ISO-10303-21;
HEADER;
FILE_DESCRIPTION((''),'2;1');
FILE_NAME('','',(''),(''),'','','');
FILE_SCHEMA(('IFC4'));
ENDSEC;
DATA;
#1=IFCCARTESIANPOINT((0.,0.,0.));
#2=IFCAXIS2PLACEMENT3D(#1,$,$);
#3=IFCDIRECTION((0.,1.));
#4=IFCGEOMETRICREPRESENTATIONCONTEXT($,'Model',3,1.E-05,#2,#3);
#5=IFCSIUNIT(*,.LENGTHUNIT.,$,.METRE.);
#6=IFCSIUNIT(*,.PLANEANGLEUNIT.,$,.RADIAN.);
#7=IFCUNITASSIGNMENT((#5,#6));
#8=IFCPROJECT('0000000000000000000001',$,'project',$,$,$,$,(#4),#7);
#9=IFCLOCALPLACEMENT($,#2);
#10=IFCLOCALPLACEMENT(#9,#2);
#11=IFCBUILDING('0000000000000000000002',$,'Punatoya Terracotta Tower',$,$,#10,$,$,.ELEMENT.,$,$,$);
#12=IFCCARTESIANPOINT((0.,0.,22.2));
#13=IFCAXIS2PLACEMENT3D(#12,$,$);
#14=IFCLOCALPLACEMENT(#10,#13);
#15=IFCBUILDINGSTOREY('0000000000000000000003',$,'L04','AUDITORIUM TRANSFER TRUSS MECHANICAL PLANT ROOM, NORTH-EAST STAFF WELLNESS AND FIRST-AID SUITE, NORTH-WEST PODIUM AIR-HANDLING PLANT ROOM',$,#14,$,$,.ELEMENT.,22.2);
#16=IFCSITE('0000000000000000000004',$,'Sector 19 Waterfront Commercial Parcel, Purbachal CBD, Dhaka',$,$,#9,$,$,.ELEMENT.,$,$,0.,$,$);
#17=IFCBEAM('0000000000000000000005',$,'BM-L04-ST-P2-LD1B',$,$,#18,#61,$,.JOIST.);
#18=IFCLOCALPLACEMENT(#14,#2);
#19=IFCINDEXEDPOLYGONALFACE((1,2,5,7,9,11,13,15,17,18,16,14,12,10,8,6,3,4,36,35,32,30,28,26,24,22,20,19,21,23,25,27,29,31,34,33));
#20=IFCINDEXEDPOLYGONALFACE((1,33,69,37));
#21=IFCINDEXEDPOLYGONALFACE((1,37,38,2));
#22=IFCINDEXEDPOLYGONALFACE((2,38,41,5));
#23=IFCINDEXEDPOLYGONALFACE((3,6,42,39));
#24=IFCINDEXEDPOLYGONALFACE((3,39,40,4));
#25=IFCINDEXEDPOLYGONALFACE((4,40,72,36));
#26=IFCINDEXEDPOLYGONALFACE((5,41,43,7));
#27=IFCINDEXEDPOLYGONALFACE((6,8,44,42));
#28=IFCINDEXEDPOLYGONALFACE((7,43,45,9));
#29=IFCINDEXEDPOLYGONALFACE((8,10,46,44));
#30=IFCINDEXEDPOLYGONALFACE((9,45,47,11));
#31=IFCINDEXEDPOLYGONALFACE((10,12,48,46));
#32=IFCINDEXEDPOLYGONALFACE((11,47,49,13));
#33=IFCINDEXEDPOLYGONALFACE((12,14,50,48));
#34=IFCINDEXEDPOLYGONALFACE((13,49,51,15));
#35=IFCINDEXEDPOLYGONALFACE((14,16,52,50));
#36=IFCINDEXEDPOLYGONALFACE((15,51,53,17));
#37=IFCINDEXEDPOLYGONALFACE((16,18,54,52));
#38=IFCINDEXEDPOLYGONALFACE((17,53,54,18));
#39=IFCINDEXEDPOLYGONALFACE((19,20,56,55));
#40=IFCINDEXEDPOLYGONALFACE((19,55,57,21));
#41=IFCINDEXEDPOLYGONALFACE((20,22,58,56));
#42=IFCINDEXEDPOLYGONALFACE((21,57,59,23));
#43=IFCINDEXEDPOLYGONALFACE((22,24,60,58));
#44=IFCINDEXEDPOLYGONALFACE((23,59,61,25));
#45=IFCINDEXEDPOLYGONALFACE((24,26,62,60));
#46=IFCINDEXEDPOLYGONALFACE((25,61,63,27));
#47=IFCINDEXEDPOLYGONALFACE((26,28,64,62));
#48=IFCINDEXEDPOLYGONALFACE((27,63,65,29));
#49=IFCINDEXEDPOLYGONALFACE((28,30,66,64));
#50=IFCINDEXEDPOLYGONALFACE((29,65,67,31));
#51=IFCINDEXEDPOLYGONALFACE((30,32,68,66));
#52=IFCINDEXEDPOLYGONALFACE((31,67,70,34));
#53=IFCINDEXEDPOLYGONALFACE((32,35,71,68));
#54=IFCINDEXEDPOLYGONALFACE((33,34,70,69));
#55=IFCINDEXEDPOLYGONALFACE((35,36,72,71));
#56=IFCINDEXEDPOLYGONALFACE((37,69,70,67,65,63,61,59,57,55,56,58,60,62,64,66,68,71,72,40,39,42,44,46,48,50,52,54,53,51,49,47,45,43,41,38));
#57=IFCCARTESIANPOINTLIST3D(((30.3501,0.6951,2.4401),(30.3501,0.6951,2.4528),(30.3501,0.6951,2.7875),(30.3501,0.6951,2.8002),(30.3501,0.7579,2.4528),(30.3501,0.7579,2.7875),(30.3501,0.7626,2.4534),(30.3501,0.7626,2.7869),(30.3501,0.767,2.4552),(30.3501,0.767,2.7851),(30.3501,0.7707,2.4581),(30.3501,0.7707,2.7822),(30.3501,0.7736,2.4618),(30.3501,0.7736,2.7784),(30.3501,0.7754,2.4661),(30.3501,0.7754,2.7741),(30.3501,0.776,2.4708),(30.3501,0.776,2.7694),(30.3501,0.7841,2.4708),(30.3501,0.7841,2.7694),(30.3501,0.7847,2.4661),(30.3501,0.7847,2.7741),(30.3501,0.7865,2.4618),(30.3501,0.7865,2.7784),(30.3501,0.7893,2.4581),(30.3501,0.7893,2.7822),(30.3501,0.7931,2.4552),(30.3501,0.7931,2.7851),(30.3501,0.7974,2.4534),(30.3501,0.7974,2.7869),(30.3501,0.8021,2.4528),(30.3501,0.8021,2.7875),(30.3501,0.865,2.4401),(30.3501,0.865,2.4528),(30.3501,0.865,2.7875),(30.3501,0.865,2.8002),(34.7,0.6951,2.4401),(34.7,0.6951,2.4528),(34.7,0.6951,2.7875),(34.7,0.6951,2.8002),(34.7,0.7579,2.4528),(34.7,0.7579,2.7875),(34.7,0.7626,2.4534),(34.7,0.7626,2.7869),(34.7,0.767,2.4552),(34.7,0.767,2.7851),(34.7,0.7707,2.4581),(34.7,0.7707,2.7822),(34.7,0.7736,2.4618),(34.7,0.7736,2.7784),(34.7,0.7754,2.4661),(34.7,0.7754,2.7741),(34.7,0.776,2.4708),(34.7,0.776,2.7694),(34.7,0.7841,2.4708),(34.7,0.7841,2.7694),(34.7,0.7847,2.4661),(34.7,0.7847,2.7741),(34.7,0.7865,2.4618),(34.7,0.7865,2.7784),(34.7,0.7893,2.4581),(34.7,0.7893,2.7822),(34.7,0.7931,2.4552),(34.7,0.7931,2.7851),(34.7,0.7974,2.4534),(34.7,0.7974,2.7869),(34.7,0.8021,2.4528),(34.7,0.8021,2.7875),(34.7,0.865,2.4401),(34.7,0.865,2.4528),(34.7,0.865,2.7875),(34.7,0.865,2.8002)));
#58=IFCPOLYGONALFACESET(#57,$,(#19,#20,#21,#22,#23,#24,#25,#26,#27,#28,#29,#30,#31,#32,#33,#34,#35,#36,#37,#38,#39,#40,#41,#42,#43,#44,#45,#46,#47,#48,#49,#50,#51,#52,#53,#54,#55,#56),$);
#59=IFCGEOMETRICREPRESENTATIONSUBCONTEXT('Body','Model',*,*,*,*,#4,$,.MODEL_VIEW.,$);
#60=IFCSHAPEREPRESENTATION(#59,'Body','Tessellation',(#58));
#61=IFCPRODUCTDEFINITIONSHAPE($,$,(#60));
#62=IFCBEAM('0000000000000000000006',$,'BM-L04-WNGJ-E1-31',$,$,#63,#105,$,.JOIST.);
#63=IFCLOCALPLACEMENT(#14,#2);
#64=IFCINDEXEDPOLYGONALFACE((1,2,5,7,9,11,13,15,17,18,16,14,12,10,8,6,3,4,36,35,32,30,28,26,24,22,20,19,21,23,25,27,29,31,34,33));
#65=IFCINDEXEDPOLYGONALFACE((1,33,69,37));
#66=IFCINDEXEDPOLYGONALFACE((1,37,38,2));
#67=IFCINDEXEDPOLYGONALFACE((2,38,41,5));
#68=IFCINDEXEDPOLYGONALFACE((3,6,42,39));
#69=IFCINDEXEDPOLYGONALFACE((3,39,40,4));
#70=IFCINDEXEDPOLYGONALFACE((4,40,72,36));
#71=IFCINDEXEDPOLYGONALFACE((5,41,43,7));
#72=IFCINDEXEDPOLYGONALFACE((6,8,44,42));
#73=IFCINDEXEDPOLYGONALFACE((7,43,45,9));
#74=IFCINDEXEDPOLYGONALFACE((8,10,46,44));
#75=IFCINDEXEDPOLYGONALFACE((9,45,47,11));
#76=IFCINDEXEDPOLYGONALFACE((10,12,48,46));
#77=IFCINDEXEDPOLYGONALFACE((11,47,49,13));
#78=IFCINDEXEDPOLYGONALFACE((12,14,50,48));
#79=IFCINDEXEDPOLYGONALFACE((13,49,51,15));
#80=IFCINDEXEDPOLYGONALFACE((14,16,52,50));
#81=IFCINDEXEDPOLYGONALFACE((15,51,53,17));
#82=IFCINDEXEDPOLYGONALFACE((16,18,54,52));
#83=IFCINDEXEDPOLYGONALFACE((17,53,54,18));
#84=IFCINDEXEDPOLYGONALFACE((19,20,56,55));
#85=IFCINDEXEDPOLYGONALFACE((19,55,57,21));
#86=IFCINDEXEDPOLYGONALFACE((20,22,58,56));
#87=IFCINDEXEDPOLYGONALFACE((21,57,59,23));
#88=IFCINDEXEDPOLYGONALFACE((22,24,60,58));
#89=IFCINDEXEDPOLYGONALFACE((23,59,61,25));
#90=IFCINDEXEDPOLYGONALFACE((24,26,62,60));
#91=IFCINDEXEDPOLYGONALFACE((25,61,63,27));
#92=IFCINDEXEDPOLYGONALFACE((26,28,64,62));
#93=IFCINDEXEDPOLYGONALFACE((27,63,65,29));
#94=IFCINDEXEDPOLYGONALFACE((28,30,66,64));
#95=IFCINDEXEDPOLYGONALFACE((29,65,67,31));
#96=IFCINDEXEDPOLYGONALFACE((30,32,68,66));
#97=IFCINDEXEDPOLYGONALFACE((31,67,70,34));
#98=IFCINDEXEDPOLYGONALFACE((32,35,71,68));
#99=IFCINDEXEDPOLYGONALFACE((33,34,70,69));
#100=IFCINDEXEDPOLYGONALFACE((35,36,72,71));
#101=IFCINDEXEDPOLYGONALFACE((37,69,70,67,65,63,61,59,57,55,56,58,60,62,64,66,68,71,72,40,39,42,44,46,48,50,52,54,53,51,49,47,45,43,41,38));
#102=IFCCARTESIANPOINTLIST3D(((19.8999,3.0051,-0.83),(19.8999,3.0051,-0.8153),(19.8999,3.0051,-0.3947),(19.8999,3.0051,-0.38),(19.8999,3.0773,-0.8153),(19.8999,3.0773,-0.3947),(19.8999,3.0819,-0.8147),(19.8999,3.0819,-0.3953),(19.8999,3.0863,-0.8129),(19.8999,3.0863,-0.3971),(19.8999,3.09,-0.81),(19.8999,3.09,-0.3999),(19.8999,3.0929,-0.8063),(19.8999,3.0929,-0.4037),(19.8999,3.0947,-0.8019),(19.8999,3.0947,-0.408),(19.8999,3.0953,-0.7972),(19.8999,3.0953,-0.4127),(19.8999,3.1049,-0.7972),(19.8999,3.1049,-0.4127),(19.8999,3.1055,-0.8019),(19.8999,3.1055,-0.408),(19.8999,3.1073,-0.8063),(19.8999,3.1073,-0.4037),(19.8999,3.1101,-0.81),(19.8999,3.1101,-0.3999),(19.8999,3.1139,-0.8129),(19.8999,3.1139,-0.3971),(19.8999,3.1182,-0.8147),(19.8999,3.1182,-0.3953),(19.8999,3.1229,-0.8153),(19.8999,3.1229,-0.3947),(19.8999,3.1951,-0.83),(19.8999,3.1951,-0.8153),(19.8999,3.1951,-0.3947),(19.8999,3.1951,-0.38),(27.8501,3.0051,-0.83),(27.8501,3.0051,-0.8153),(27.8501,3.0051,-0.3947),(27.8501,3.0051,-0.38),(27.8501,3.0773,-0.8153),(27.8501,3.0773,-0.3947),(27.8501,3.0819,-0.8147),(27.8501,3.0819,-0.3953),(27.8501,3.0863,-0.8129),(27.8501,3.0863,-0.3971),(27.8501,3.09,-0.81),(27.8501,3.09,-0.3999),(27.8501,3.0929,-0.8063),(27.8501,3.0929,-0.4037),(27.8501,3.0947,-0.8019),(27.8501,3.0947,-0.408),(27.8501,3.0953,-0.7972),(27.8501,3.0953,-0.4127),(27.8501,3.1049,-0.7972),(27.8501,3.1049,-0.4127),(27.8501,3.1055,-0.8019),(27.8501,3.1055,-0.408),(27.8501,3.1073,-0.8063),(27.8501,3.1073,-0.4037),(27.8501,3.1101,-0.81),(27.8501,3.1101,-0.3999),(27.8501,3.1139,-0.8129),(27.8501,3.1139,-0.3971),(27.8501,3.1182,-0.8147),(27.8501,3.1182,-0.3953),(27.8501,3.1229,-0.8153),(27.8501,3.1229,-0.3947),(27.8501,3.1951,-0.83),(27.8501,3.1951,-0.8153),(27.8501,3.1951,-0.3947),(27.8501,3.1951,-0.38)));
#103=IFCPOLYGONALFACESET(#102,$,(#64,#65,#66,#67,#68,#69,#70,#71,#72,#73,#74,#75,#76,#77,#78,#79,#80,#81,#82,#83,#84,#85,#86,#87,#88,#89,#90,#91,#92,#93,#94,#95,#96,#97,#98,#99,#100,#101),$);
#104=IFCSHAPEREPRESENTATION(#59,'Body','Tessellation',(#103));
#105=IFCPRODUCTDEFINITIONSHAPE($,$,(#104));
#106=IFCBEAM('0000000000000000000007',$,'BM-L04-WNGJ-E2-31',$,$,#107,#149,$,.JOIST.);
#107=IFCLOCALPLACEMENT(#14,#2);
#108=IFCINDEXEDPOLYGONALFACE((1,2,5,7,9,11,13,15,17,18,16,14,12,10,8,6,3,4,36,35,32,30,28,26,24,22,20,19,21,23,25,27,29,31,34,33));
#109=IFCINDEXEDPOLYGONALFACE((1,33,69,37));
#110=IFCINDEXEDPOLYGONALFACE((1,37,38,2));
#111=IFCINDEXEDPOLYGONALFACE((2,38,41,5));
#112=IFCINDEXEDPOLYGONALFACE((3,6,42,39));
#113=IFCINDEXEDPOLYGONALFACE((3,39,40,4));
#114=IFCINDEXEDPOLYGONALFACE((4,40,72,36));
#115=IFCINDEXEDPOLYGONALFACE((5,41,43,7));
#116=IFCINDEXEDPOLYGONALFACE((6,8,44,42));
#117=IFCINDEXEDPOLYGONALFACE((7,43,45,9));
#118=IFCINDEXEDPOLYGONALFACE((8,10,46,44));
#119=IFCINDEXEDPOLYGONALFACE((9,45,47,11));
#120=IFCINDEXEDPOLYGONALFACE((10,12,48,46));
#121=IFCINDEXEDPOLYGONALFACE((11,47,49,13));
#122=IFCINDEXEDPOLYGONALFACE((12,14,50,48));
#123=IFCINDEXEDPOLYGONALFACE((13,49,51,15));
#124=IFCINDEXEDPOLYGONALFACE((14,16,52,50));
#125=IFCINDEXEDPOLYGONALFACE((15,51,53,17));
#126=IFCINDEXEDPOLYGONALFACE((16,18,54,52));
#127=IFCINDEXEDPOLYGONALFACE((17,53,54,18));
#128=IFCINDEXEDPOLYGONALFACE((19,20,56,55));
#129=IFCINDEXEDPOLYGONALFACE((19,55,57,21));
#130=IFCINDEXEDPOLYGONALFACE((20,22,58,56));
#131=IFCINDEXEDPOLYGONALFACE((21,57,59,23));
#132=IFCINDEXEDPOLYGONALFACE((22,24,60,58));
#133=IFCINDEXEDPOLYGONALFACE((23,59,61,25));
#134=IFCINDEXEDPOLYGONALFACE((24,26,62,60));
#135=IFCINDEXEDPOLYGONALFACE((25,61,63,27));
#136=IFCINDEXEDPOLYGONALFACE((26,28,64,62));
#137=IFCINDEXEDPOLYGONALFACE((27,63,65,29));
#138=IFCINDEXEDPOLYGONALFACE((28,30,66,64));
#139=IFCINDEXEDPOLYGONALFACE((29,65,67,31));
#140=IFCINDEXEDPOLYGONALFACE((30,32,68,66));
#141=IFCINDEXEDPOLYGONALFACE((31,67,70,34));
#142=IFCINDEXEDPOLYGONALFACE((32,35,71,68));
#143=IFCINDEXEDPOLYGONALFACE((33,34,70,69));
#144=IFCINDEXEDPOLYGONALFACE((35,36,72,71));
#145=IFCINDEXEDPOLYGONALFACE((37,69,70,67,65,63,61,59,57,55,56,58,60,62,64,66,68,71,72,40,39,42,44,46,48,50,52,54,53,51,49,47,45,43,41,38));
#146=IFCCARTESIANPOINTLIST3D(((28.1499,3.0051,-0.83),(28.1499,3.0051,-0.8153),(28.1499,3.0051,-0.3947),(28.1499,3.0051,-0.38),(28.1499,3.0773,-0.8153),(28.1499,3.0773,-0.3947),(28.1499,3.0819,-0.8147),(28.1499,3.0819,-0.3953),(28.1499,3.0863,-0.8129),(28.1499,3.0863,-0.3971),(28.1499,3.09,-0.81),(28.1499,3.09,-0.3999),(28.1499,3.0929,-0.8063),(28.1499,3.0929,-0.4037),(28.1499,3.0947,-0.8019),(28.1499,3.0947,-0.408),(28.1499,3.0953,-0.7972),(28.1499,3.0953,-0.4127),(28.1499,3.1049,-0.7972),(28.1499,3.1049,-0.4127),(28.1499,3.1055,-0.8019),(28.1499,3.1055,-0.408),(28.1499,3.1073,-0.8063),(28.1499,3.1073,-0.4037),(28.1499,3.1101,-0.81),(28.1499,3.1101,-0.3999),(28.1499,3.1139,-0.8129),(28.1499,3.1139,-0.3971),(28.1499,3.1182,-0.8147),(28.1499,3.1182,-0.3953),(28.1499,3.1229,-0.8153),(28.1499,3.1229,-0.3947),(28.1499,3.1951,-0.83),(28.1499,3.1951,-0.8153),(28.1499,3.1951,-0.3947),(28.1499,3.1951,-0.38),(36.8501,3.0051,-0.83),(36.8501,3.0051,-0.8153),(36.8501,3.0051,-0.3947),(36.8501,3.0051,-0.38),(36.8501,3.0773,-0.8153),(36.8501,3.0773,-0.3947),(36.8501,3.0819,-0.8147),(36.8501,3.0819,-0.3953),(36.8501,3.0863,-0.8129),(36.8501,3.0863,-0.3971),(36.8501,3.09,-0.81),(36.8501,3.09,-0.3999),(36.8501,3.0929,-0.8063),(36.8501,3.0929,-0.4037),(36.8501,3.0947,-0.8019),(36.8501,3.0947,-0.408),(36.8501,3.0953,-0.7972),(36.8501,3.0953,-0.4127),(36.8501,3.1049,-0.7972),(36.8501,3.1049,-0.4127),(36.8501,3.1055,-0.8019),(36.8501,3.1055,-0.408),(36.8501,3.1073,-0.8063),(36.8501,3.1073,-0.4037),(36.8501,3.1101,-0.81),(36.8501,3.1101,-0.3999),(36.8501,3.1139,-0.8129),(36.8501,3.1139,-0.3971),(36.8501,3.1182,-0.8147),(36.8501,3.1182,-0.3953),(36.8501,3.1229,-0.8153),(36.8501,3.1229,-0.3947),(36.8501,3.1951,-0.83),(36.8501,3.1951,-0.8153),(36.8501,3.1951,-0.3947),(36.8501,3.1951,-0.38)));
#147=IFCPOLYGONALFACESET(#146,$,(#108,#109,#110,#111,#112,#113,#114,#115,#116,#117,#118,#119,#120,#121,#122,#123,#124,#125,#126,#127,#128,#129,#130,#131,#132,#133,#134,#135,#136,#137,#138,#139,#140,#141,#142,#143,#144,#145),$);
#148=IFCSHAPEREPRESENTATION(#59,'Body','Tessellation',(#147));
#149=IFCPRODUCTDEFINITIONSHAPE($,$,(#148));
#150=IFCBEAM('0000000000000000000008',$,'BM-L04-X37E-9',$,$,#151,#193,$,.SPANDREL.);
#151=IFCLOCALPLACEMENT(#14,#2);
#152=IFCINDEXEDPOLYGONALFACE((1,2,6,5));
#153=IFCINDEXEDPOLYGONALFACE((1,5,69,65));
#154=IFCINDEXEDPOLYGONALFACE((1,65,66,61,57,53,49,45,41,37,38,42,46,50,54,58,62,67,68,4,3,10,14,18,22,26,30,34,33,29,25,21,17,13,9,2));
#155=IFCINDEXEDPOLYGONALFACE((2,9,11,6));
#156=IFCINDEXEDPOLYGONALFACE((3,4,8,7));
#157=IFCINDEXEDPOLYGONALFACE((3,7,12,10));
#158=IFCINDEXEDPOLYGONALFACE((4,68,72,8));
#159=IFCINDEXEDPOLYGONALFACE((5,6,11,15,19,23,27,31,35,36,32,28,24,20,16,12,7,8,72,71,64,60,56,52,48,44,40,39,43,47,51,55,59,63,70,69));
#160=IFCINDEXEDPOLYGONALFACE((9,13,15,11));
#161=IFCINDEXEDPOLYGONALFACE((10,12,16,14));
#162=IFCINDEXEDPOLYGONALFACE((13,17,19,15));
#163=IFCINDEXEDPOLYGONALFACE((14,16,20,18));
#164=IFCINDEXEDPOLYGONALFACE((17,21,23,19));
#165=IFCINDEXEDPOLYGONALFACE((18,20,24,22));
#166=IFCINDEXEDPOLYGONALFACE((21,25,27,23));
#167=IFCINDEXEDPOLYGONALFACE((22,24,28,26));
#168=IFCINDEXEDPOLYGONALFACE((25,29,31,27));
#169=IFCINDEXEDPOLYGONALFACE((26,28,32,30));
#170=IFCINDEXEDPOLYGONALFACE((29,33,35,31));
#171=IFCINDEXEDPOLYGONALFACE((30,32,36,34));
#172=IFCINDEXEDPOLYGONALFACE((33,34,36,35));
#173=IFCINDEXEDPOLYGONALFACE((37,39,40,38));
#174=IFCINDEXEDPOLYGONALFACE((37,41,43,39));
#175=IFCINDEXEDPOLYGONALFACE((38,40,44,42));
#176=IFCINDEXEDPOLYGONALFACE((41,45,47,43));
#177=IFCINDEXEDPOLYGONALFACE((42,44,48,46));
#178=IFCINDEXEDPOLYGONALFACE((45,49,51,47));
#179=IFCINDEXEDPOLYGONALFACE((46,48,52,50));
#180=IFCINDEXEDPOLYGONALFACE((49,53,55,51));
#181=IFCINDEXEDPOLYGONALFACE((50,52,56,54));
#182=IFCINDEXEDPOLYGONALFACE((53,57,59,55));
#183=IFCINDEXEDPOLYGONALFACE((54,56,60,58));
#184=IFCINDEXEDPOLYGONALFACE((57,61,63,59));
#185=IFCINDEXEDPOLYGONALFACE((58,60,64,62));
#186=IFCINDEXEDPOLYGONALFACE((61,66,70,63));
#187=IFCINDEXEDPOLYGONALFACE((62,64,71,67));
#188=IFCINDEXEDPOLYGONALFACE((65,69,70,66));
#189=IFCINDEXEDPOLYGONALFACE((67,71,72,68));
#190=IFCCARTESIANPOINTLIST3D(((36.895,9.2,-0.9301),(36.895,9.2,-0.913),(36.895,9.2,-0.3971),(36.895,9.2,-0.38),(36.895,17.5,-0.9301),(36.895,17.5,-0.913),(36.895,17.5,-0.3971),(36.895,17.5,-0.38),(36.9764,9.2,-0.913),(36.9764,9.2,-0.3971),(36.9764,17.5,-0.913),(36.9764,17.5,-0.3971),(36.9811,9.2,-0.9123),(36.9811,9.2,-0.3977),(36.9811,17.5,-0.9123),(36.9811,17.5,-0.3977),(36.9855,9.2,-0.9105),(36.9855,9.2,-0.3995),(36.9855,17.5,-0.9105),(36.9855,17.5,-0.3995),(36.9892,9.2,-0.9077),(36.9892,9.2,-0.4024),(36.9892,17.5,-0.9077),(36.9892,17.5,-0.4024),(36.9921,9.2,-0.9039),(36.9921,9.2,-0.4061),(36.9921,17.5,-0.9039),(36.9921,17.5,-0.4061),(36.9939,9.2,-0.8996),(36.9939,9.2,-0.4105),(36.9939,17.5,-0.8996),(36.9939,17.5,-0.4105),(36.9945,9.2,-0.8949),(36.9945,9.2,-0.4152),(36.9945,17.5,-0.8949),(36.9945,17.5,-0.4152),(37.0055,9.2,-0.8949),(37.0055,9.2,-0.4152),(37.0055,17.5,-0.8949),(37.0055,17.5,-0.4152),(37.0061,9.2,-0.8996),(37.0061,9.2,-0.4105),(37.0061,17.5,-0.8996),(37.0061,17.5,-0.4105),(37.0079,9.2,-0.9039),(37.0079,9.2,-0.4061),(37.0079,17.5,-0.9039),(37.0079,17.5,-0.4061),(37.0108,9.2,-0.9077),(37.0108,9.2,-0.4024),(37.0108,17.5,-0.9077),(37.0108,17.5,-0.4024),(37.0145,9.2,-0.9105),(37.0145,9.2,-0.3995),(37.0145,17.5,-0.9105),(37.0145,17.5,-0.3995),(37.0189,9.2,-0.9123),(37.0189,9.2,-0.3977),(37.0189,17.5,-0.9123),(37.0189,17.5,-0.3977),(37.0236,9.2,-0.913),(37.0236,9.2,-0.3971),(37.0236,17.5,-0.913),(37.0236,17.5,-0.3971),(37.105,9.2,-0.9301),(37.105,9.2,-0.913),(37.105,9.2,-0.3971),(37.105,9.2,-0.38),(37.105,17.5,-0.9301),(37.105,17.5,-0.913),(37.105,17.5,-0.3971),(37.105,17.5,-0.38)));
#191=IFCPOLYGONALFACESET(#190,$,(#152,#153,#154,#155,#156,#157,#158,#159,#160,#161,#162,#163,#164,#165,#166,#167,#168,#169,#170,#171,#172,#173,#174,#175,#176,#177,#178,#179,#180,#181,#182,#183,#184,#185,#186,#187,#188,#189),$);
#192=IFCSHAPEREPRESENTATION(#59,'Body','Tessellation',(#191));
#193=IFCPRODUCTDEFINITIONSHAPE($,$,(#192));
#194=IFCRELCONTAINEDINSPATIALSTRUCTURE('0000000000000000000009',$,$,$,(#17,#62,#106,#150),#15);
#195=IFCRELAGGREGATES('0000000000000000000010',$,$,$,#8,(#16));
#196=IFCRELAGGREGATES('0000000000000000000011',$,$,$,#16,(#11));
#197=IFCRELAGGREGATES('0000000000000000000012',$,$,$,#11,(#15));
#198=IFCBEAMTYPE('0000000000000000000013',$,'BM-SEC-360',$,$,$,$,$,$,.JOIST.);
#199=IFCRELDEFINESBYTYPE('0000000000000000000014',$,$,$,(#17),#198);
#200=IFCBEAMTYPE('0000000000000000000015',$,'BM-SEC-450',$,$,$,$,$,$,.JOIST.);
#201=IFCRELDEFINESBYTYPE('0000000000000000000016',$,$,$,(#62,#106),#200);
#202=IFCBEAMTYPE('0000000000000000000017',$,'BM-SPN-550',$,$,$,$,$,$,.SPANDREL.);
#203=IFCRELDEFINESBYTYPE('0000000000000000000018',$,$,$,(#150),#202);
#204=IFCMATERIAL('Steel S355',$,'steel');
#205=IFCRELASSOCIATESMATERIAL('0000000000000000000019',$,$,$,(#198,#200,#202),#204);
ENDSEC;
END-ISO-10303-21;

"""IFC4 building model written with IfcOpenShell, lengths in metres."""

from ifc_helpers import new_model, si_unit, direction, frame, origin, origin_2d, place, context, subcontext, project, spatial, i_section, extrude, material, material_profile, profile_set, type_object, element, save


model = new_model("IFC4")

# Units and contexts
model_context = context("Model", 3, precision=1e-05, world=origin(), true_north=direction((0.0, 1.0)))
body_context = subcontext(model_context, "Body", "Model", "MODEL_VIEW")
ifc_project = project(units=[si_unit("LENGTHUNIT", "METRE"), si_unit("PLANEANGLEUNIT", "RADIAN")], contexts=[model_context])

# Site, building, storey
site_placement = place(None, origin())
site = spatial("IfcSite", under=ifc_project, at=site_placement, Name="Sector 19 Waterfront Commercial Parcel, Purbachal CBD, Dhaka", CompositionType="ELEMENT", RefElevation=0.0)
building_placement = place(site_placement, origin())
building = spatial("IfcBuilding", under=site, at=building_placement, Name="Punatoya Terracotta Tower", CompositionType="ELEMENT")
storey_placement = place(building_placement, frame((0.0, 0.0, 22.2)))
storey = spatial("IfcBuildingStorey", under=building, at=storey_placement, Name="L04", Description="AUDITORIUM TRANSFER TRUSS MECHANICAL PLANT ROOM, NORTH-EAST STAFF WELLNESS AND FIRST-AID SUITE, NORTH-WEST PODIUM AIR-HANDLING PLANT ROOM", CompositionType="ELEMENT", Elevation=22.2)

# Beams
ifc_material_1 = material(Name="Steel S355", Category="steel")
ifc_material_profile_1 = material_profile(ifc_material_1, i_section(OverallWidth=0.1699, OverallDepth=0.3601, WebThickness=0.0081, FlangeThickness=0.0127, FilletRadius=0.0181, at=origin_2d()))
ifc_profile_set_1 = profile_set([ifc_material_profile_1], Name="Steel S355")
beam_type_1 = type_object("IfcBeamType", Name="BM-SEC-360", PredefinedType="JOIST", material=ifc_profile_set_1)
for number, where, z_axis, x_axis, name in (
    (1, (30.3501, 0.78, 2.6201), (1.0, 0.0, 0.0), (0.0, 1.0, 0.0), "BM-L04-ST-P2-LD1B"),
):
    element("IfcBeam", number, at=place(storey_placement, frame(where, z_axis=z_axis, x_axis=x_axis)), inside=storey, type_object=beam_type_1, Name=name, PredefinedType="JOIST", context=body_context, shape_type="SweptSolid", body=[
        extrude(i_section(OverallWidth=0.1699, OverallDepth=0.3601, WebThickness=0.0081, FlangeThickness=0.0127, FilletRadius=0.0181, at=origin_2d()), origin(), (0.0, 0.0, 1.0), 4.3499),
    ])
ifc_material_profile_2 = material_profile(ifc_material_1, i_section(OverallWidth=0.1899, OverallDepth=0.45, WebThickness=0.0095, FlangeThickness=0.0146, FilletRadius=0.0181, at=origin_2d()))
ifc_profile_set_2 = profile_set([ifc_material_profile_2], Name="Steel S355")
beam_type_2 = type_object("IfcBeamType", Name="BM-SEC-450", PredefinedType="JOIST", material=ifc_profile_set_2)
beam_1_placement = place(storey_placement, frame((19.8999, 3.1001, -0.605), z_axis=(1.0, 0.0, 0.0), x_axis=(0.0, 1.0, 0.0)))
element("IfcBeam", 2, at=beam_1_placement, inside=storey, type_object=beam_type_2, Name="BM-L04-WNGJ-E1-31", PredefinedType="JOIST", context=body_context, shape_type="SweptSolid", body=[
    extrude(i_section(OverallWidth=0.1899, OverallDepth=0.45, WebThickness=0.0095, FlangeThickness=0.0146, FilletRadius=0.0181, at=origin_2d()), origin(), (0.0, 0.0, 1.0), 7.9502),
])
beam_2_placement = place(storey_placement, frame((28.1499, 3.1001, -0.605), z_axis=(1.0, 0.0, 0.0), x_axis=(0.0, 1.0, 0.0)))
element("IfcBeam", 3, at=beam_2_placement, inside=storey, type_object=beam_type_2, Name="BM-L04-WNGJ-E2-31", PredefinedType="JOIST", context=body_context, shape_type="SweptSolid", body=[
    extrude(i_section(OverallWidth=0.1899, OverallDepth=0.45, WebThickness=0.0095, FlangeThickness=0.0146, FilletRadius=0.0181, at=origin_2d()), origin(), (0.0, 0.0, 1.0), 8.7002),
])
ifc_material_profile_3 = material_profile(ifc_material_1, i_section(OverallWidth=0.21, OverallDepth=0.55, WebThickness=0.011, FlangeThickness=0.0171, FilletRadius=0.0181, at=origin_2d()))
ifc_profile_set_3 = profile_set([ifc_material_profile_3], Name="Steel S355")
beam_type_3 = type_object("IfcBeamType", Name="BM-SPN-550", PredefinedType="SPANDREL", material=ifc_profile_set_3)
beam_3_placement = place(storey_placement, frame((37.0, 9.2, -0.655), z_axis=(0.0, 1.0, 0.0), x_axis=(-1.0, 0.0, 0.0)))
element("IfcBeam", 4, at=beam_3_placement, inside=storey, type_object=beam_type_3, Name="BM-L04-X37E-9", PredefinedType="SPANDREL", context=body_context, shape_type="SweptSolid", body=[
    extrude(i_section(OverallWidth=0.21, OverallDepth=0.55, WebThickness=0.011, FlangeThickness=0.0171, FilletRadius=0.0181, at=origin_2d()), origin(), (0.0, 0.0, 1.0), 8.3),
])

save(model, "model.ifc")
